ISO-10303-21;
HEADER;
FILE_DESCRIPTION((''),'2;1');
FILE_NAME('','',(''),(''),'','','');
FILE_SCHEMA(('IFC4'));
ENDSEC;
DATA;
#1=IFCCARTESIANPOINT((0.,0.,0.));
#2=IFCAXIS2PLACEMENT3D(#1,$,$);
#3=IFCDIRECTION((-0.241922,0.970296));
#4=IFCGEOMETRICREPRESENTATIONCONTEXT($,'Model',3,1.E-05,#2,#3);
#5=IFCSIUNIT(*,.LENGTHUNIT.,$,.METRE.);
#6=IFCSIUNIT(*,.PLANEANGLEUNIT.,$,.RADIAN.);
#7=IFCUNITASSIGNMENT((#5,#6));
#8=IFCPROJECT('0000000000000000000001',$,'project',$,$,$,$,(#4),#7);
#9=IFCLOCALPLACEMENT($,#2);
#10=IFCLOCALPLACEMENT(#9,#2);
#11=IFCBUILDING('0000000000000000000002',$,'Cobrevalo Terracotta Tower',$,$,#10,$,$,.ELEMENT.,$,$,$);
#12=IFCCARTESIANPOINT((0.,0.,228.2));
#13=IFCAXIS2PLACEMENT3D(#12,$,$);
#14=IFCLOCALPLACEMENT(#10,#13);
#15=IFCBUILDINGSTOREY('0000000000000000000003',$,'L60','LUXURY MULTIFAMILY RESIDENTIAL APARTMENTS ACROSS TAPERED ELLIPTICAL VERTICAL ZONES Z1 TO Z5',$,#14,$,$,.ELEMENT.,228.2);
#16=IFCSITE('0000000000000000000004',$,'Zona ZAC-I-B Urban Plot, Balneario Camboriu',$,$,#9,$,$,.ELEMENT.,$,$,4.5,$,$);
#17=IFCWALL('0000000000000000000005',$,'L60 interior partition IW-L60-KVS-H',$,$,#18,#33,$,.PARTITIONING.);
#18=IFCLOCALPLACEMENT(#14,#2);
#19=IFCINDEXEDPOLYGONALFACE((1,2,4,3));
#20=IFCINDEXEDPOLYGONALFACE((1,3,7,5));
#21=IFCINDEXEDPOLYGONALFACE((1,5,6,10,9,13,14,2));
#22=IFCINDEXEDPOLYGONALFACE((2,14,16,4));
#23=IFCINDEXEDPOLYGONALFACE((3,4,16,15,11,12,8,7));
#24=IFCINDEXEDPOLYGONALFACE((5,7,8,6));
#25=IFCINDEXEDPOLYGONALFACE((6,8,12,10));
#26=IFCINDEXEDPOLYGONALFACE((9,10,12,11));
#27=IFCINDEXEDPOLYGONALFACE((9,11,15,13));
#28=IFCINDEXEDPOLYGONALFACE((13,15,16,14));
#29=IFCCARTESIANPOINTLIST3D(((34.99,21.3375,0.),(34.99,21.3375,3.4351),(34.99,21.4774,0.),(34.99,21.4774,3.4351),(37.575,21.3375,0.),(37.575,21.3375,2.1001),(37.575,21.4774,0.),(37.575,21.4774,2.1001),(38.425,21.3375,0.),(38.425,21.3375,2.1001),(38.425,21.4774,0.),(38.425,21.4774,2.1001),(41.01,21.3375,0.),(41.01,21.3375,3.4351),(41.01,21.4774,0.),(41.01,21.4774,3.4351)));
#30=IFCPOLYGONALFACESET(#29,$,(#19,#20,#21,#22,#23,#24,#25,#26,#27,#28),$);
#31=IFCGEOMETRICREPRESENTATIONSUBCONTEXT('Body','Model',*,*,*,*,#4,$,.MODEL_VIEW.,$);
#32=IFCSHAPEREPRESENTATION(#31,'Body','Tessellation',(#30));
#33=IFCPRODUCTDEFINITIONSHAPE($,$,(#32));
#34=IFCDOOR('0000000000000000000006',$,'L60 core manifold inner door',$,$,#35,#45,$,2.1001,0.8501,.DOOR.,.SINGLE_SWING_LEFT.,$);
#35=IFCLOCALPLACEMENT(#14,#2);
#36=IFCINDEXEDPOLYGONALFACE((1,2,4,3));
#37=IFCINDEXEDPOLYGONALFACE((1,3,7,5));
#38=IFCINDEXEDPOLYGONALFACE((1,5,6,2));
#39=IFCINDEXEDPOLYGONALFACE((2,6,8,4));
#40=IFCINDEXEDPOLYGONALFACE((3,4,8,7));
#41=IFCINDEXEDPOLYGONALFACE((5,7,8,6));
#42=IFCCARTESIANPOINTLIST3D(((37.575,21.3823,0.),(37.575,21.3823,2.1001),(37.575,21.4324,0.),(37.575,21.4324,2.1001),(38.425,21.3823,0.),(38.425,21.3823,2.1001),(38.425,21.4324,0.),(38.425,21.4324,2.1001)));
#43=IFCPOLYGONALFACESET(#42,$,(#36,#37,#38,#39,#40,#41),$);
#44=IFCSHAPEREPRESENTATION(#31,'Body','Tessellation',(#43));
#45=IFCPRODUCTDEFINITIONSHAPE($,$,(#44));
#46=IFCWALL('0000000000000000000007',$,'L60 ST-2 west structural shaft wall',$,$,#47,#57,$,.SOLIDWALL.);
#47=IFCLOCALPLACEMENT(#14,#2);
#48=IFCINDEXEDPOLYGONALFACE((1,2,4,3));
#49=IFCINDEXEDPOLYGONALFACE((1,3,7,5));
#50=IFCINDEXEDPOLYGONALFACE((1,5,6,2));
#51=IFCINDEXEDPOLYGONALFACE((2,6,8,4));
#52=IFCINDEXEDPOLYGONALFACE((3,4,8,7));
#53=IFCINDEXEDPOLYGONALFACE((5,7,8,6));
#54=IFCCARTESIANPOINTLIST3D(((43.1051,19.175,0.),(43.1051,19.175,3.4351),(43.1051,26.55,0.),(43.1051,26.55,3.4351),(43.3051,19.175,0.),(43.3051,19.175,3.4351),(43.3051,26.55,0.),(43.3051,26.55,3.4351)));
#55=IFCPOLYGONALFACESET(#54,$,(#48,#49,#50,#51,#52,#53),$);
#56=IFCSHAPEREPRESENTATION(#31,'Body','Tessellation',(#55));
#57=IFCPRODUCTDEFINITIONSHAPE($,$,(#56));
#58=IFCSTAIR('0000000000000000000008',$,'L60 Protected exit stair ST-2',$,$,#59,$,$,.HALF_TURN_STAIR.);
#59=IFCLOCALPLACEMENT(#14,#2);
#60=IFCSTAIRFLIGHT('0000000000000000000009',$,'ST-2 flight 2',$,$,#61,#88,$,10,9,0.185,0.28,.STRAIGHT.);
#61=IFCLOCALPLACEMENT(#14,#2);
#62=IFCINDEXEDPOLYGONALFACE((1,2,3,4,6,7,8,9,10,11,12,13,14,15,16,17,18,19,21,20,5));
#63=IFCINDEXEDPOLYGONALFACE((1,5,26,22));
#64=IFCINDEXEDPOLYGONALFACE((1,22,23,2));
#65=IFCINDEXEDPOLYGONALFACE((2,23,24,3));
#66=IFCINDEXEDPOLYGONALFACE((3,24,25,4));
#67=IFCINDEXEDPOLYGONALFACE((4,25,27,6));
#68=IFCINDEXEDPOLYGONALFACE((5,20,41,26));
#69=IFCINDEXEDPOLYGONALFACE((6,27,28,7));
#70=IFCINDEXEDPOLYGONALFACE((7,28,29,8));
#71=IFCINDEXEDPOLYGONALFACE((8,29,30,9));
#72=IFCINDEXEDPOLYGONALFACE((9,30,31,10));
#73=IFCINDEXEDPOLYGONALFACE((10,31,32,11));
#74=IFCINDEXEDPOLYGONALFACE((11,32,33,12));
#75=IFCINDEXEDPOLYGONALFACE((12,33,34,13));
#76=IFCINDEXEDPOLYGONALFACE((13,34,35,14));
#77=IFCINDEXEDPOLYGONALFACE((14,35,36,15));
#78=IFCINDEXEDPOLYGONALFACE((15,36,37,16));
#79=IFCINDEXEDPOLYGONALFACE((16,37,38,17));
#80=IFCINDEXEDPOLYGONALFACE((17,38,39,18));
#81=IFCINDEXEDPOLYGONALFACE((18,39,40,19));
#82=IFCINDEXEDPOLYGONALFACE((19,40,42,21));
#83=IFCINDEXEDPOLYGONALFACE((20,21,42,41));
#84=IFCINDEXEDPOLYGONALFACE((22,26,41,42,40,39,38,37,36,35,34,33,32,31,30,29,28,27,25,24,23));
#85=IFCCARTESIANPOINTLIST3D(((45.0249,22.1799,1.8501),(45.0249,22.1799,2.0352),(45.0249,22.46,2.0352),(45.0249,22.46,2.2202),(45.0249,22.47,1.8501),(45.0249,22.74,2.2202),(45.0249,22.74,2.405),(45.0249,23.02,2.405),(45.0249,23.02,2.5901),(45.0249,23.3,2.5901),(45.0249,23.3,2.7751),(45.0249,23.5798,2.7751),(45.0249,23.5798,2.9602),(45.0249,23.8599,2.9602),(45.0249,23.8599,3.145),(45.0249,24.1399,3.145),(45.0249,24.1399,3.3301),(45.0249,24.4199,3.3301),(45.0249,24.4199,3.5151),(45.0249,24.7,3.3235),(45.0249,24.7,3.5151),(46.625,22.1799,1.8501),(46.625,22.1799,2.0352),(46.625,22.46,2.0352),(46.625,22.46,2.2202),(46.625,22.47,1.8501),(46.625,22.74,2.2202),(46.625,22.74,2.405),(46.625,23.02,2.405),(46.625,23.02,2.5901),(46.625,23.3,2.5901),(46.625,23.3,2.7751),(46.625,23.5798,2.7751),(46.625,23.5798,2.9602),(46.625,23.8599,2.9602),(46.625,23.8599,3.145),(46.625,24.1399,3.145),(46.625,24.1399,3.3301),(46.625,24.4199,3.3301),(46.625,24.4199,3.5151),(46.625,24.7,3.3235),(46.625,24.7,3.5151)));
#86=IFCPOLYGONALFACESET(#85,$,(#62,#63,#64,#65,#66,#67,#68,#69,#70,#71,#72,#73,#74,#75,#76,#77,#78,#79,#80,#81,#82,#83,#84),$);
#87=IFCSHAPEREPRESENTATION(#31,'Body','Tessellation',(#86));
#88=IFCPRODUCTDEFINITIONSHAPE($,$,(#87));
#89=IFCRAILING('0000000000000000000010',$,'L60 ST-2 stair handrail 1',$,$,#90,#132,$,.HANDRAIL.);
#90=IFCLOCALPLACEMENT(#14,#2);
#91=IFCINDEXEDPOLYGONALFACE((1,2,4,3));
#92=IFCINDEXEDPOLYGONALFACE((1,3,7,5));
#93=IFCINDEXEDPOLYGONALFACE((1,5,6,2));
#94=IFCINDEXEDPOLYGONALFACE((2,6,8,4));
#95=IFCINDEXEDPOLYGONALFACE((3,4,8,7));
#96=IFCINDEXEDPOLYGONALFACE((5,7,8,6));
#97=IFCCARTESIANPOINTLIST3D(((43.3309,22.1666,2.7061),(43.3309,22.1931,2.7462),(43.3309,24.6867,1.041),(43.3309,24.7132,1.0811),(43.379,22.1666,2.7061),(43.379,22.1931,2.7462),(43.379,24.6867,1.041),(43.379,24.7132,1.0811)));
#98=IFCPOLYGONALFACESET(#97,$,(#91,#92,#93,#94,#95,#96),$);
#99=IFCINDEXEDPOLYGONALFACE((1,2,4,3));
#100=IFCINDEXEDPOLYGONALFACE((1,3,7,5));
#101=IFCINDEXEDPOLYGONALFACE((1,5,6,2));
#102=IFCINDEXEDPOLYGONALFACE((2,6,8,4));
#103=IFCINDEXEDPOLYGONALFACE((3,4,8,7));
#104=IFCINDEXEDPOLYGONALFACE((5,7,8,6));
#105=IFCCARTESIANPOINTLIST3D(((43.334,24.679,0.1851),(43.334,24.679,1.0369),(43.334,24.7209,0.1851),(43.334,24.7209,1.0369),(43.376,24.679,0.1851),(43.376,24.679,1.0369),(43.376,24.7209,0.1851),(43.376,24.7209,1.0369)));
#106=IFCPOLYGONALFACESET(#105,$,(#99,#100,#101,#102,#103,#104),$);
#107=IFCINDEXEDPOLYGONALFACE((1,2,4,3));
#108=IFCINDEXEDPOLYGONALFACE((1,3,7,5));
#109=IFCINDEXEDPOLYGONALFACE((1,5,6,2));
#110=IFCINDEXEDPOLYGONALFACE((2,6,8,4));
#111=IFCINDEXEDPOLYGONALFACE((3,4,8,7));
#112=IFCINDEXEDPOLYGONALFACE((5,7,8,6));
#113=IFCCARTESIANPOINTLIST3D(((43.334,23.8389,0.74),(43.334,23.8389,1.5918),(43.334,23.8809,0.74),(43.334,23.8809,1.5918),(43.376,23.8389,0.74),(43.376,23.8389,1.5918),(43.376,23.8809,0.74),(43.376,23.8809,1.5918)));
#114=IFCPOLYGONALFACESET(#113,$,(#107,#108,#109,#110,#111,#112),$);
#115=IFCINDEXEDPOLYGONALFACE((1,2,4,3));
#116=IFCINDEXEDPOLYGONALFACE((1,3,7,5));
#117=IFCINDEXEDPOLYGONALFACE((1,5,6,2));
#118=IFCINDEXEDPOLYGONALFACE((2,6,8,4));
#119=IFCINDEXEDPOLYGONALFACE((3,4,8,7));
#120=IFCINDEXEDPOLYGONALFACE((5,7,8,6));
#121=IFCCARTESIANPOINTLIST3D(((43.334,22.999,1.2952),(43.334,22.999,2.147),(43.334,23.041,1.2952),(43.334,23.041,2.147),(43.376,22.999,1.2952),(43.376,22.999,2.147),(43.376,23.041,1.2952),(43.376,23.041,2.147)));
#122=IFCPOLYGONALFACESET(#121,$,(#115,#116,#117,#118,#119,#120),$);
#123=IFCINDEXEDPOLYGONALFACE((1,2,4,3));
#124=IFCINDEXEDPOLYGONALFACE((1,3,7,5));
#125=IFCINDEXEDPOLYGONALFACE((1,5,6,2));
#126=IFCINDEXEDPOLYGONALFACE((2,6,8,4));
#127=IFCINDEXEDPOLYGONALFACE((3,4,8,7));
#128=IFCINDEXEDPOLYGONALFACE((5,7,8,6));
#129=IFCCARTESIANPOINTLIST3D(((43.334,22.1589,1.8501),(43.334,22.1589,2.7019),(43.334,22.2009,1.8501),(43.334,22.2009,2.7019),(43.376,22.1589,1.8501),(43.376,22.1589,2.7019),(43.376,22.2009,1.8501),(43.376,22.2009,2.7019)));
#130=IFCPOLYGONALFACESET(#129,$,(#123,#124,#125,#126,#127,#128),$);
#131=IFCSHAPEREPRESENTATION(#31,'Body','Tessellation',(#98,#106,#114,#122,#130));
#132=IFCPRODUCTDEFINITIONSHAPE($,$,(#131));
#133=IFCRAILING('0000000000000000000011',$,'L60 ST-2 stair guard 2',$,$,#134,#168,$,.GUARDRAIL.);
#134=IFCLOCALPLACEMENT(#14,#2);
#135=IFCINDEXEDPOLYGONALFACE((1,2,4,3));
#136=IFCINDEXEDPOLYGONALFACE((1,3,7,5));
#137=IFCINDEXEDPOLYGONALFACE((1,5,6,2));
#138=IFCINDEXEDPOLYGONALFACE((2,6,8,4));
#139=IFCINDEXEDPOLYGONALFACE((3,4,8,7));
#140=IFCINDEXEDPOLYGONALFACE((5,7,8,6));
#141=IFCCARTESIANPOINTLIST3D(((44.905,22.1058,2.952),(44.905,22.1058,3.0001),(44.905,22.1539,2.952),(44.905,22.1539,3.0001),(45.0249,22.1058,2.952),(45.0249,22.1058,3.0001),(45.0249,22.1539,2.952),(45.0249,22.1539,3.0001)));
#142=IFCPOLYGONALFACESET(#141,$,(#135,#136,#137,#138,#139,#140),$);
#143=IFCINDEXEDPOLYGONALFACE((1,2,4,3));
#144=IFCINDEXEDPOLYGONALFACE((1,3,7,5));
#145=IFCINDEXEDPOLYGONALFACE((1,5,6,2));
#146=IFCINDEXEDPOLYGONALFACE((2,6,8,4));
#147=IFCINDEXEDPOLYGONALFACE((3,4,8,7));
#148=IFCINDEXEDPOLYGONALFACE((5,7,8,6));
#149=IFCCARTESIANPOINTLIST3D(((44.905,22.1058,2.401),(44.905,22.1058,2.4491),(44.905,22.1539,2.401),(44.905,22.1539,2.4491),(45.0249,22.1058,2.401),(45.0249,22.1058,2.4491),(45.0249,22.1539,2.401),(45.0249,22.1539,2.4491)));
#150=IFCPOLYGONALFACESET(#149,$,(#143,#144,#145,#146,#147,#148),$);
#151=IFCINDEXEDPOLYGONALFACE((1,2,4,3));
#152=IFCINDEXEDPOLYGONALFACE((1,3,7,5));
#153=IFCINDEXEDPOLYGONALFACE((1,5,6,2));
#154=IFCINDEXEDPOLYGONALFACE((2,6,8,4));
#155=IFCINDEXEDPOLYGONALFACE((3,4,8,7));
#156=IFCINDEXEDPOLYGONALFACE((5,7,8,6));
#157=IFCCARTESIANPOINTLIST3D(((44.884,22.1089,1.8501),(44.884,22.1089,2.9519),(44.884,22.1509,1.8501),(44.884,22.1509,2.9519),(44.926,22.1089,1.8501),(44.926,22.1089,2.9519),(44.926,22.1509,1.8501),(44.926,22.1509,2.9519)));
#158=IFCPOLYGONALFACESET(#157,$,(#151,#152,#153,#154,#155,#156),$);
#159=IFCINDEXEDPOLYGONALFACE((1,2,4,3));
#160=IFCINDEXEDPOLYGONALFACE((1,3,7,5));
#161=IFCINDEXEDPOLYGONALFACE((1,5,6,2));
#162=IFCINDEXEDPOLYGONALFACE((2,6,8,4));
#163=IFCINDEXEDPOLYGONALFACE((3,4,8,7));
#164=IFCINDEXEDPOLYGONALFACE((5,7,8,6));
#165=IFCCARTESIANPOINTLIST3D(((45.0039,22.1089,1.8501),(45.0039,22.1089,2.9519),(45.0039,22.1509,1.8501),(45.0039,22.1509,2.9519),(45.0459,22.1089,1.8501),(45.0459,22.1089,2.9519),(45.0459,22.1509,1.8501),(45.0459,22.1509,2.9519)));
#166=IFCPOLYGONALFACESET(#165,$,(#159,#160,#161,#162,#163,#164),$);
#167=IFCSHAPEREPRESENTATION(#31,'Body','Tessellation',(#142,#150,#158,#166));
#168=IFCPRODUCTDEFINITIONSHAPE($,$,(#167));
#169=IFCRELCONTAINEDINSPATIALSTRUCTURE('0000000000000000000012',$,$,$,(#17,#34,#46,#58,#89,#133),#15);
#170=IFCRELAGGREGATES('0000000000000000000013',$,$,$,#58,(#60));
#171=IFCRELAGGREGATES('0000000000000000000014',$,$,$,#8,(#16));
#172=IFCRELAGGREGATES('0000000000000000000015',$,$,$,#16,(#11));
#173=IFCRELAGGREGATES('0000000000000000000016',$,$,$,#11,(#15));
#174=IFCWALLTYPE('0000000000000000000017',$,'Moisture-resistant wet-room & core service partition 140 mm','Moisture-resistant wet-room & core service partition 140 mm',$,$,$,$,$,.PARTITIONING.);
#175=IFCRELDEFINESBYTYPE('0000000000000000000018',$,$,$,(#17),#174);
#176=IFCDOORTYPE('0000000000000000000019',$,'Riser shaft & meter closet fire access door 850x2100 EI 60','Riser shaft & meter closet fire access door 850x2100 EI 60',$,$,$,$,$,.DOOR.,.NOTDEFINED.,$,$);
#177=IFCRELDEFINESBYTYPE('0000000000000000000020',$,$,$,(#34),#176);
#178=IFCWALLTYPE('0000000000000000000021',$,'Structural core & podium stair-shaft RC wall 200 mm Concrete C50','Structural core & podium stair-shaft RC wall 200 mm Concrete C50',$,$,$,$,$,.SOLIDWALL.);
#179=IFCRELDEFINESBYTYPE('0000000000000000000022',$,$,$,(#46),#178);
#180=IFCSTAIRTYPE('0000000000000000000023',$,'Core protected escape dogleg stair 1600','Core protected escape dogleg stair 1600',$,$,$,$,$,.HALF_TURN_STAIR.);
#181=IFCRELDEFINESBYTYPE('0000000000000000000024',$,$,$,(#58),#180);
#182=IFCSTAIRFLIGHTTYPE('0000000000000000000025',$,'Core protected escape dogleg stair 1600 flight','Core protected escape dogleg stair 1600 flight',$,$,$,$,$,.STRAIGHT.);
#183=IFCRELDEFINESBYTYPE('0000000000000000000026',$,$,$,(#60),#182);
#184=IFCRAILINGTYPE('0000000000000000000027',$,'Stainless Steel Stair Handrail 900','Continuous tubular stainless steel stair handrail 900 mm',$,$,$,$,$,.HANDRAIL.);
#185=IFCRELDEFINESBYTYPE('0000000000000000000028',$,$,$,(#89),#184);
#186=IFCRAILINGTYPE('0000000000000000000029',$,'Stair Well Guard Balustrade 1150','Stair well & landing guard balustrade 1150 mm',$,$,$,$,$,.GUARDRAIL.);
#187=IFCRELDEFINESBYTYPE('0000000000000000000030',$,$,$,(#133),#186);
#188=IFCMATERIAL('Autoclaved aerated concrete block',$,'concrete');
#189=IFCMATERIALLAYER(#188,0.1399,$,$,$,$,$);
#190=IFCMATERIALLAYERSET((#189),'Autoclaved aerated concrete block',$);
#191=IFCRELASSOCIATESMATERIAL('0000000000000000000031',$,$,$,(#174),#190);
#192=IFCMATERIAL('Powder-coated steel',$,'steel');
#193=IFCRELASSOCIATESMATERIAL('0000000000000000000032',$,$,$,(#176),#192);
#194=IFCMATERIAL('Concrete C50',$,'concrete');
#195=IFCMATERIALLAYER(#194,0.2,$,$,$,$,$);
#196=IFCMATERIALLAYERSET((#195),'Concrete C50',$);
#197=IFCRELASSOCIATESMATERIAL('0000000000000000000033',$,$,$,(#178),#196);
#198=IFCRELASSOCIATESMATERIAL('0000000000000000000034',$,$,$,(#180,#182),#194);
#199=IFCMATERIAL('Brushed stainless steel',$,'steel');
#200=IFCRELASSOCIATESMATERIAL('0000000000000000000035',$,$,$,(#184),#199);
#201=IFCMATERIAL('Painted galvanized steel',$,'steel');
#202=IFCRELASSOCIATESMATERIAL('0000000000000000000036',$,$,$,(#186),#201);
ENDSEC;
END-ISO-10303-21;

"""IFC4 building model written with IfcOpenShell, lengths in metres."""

from ifc_helpers import new_model, si_unit, direction, frame, frame_2d, origin, origin_2d, place, context, subcontext, project, spatial, polyline, rectangle, outline, extrude, source, transform, mapped, material, layer, layer_set, type_object, element, fill, aggregate, save


model = new_model("IFC4")

# Units and contexts
model_context = context("Model", 3, precision=1e-05, world=origin(), true_north=direction((-0.241922, 0.970296)))
body_context = subcontext(model_context, "Body", "Model", "MODEL_VIEW")
ifc_project = project(units=[si_unit("LENGTHUNIT", "METRE"), si_unit("PLANEANGLEUNIT", "RADIAN")], contexts=[model_context])

# Site, building, storey
site_placement = place(None, origin())
site = spatial("IfcSite", under=ifc_project, at=site_placement, Name="Zona ZAC-I-B Urban Plot, Balneario Camboriu", CompositionType="ELEMENT", RefElevation=4.5)
building_placement = place(site_placement, origin())
building = spatial("IfcBuilding", under=site, at=building_placement, Name="Cobrevalo Terracotta Tower", CompositionType="ELEMENT")
storey_placement = place(building_placement, frame((0.0, 0.0, 228.2)))
storey = spatial("IfcBuildingStorey", under=building, at=storey_placement, Name="L60", Description="LUXURY MULTIFAMILY RESIDENTIAL APARTMENTS ACROSS TAPERED ELLIPTICAL VERTICAL ZONES Z1 TO Z5", CompositionType="ELEMENT", Elevation=228.2)

# Shared definitions
ifc_material_1 = material(Name="Autoclaved aerated concrete block", Category="concrete")

# Shared definitions
ifc_material_2 = material(Name="Concrete C50", Category="concrete")

# Shared definitions
ifc_layer_1 = layer(ifc_material_1, 0.1399)
ifc_layer_set_1 = layer_set([ifc_layer_1], Name="Autoclaved aerated concrete block")
wall_type_1 = type_object("IfcWallType", Name="Moisture-resistant wet-room & core service partition 140 mm", Description="Moisture-resistant wet-room & core service partition 140 mm", PredefinedType="PARTITIONING", material=ifc_layer_set_1)

# Wall, opening, door
wall_1_placement = place(storey_placement, frame((34.99, 21.4075, 0.0), z_axis=(0.0, 0.0, 1.0), x_axis=(1.0, 0.0, 0.0)))
wall_1 = element("IfcWall", 1, at=wall_1_placement, inside=storey, type_object=wall_type_1, Name="L60 interior partition IW-L60-KVS-H", PredefinedType="PARTITIONING", context=body_context, shape_type="SweptSolid", body=[
    extrude(rectangle(XDim=6.02, YDim=0.1399, at=frame_2d((3.01, 0.0))), origin(), (0.0, 0.0, 1.0), 3.4351),
])
opening_1_placement = place(wall_1_placement, frame((2.585, 0.0, 0.0)))
opening_1 = element("IfcOpeningElement", 2, at=opening_1_placement, cuts=wall_1, PredefinedType="OPENING", context=body_context, shape_type="SweptSolid", body=[
    extrude(rectangle(XDim=0.8501, YDim=2.1001, at=frame_2d((0.425, 1.05))), frame((0.0, 0.0801, 0.0), z_axis=(0.0, -1.0, 0.0), x_axis=(1.0, 0.0, 0.0)), (0.0, 0.0, 1.0), 0.1599),
])
ifc_material_3 = material(Name="Powder-coated steel", Category="steel")
door_type_1 = type_object("IfcDoorType", Name="Riser shaft & meter closet fire access door 850x2100 EI 60", Description="Riser shaft & meter closet fire access door 850x2100 EI 60", OperationType="NOTDEFINED", PredefinedType="DOOR", material=ifc_material_3)
shared_shape_1 = source(origin(), body_context, "Body", "SweptSolid", [
    extrude(rectangle(XDim=0.8501, YDim=2.1001, at=frame_2d((0.425, 1.05))), frame((0.0, 0.0249, 0.0), z_axis=(0.0, -1.0, 0.0), x_axis=(1.0, 0.0, 0.0)), (0.0, 0.0, 1.0), 0.05),
])
door_1_placement = place(opening_1_placement, origin())
door_1 = element("IfcDoor", 3, at=door_1_placement, inside=storey, type_object=door_type_1, Name="L60 core manifold inner door", OperationType="SINGLE_SWING_LEFT", OverallHeight=2.1001, OverallWidth=0.8501, PredefinedType="DOOR", context=body_context, shape_type="MappedRepresentation", body=[
    mapped(shared_shape_1, transform((0.0, 0.0, 0.0), scale=1.0)),
])
fill(opening_1, door_1)

# Wall
ifc_layer_2 = layer(ifc_material_2, 0.2)
ifc_layer_set_2 = layer_set([ifc_layer_2], Name="Concrete C50")
wall_type_2 = type_object("IfcWallType", Name="Structural core & podium stair-shaft RC wall 200 mm Concrete C50", Description="Structural core & podium stair-shaft RC wall 200 mm Concrete C50", PredefinedType="SOLIDWALL", material=ifc_layer_set_2)
wall_2_placement = place(storey_placement, frame((43.2051, 19.175, 0.0), z_axis=(0.0, 0.0, 1.0), x_axis=(0.0, 1.0, 0.0)))
element("IfcWall", 4, at=wall_2_placement, inside=storey, type_object=wall_type_2, Name="L60 ST-2 west structural shaft wall", PredefinedType="SOLIDWALL", context=body_context, shape_type="SweptSolid", body=[
    extrude(rectangle(XDim=7.375, YDim=0.2, at=frame_2d((3.6875, 0.0))), origin(), (0.0, 0.0, 1.0), 3.4351),
])

# Stair, stair flight
stair_type = type_object("IfcStairType", Name="Core protected escape dogleg stair 1600", Description="Core protected escape dogleg stair 1600", PredefinedType="HALF_TURN_STAIR", material=ifc_material_2)
stair_placement = place(storey_placement, origin())
stair = element("IfcStair", 5, at=stair_placement, inside=storey, type_object=stair_type, Name="L60 Protected exit stair ST-2", PredefinedType="HALF_TURN_STAIR")
stair_flight_type = type_object("IfcStairFlightType", Name="Core protected escape dogleg stair 1600 flight", Description="Core protected escape dogleg stair 1600 flight", PredefinedType="STRAIGHT", material=ifc_material_2)
stair_flight_placement = place(storey_placement, frame((45.825, 22.1799, 1.8501), z_axis=(0.0, 0.0, 1.0), x_axis=(0.0, 1.0, 0.0)))
stair_flight = element("IfcStairFlight", 6, at=stair_flight_placement, type_object=stair_flight_type, Name="ST-2 flight 2", NumberOfRisers=10, NumberOfTreads=9, PredefinedType="STRAIGHT", RiserHeight=0.185, TreadLength=0.28, context=body_context, shape_type="SweptSolid", body=[
    extrude(outline(polyline([(0.0, 0.0), (0.0, 0.1851), (0.28, 0.1851), (0.28, 0.3701), (0.5601, 0.3701), (0.5601, 0.5549), (0.8401, 0.5549), (0.8401, 0.74), (1.1201, 0.74), (1.1201, 0.925), (1.3999, 0.925), (1.3999, 1.1101), (1.6799, 1.1101), (1.6799, 1.2949), (1.96, 1.2949), (1.96, 1.48), (2.24, 1.48), (2.24, 1.665), (2.52, 1.665), (2.52, 1.8501), (2.52, 1.4734), (0.29, 0.0), (0.0, 0.0)])), frame((0.0, 0.8, 0.0), z_axis=(0.0, -1.0, 0.0), x_axis=(1.0, 0.0, 0.0)), (0.0, 0.0, 1.0), 1.6001),
])
aggregate(stair, [stair_flight])

# Railings
ifc_material_4 = material(Name="Brushed stainless steel", Category="steel")
railing_type_1 = type_object("IfcRailingType", Name="Stainless Steel Stair Handrail 900", Description="Continuous tubular stainless steel stair handrail 900 mm", PredefinedType="HANDRAIL", material=ifc_material_4)
railing_1_placement = place(storey_placement, frame((43.355, 24.7, 0.1851)))
element("IfcRailing", 7, at=railing_1_placement, inside=storey, type_object=railing_type_1, Name="L60 ST-2 stair handrail 1", PredefinedType="HANDRAIL", context=body_context, shape_type="SweptSolid", body=[
    extrude(rectangle(XDim=0.0481, YDim=0.0481, at=origin_2d()), frame((0.0, 0.0, 0.876), z_axis=(0.0, -0.834331, 0.551263), x_axis=(1.0, 0.0, 0.0)), (0.0, 0.0, 1.0), 3.0205),
    extrude(rectangle(XDim=0.042, YDim=0.042, at=origin_2d()), origin(), (0.0, 0.0, 1.0), 0.8518),
    extrude(rectangle(XDim=0.042, YDim=0.042, at=origin_2d()), frame((0.0, -0.8401, 0.5549)), (0.0, 0.0, 1.0), 0.8518),
    extrude(rectangle(XDim=0.042, YDim=0.042, at=origin_2d()), frame((0.0, -1.6799, 1.1101)), (0.0, 0.0, 1.0), 0.8518),
    extrude(rectangle(XDim=0.042, YDim=0.042, at=origin_2d()), frame((0.0, -2.52, 1.665)), (0.0, 0.0, 1.0), 0.8518),
])
ifc_material_5 = material(Name="Painted galvanized steel", Category="steel")
railing_type_2 = type_object("IfcRailingType", Name="Stair Well Guard Balustrade 1150", Description="Stair well & landing guard balustrade 1150 mm", PredefinedType="GUARDRAIL", material=ifc_material_5)
railing_2_placement = place(storey_placement, frame((44.905, 22.1299, 1.8501)))
element("IfcRailing", 8, at=railing_2_placement, inside=storey, type_object=railing_type_2, Name="L60 ST-2 stair guard 2", PredefinedType="GUARDRAIL", context=body_context, shape_type="SweptSolid", body=[
    extrude(rectangle(XDim=0.0481, YDim=0.0481, at=origin_2d()), frame((0.0, 0.0, 1.126), z_axis=(1.0, 0.0, 0.0), x_axis=(0.0, 1.0, 0.0)), (0.0, 0.0, 1.0), 0.1199),
    extrude(rectangle(XDim=0.0481, YDim=0.0481, at=origin_2d()), frame((0.0, 0.0, 0.575), z_axis=(1.0, 0.0, 0.0), x_axis=(0.0, 1.0, 0.0)), (0.0, 0.0, 1.0), 0.1199),
    extrude(rectangle(XDim=0.042, YDim=0.042, at=origin_2d()), origin(), (0.0, 0.0, 1.0), 1.1018),
    extrude(rectangle(XDim=0.042, YDim=0.042, at=origin_2d()), frame((0.1199, 0.0, 0.0)), (0.0, 0.0, 1.0), 1.1018),
])

save(model, "model.ifc")
